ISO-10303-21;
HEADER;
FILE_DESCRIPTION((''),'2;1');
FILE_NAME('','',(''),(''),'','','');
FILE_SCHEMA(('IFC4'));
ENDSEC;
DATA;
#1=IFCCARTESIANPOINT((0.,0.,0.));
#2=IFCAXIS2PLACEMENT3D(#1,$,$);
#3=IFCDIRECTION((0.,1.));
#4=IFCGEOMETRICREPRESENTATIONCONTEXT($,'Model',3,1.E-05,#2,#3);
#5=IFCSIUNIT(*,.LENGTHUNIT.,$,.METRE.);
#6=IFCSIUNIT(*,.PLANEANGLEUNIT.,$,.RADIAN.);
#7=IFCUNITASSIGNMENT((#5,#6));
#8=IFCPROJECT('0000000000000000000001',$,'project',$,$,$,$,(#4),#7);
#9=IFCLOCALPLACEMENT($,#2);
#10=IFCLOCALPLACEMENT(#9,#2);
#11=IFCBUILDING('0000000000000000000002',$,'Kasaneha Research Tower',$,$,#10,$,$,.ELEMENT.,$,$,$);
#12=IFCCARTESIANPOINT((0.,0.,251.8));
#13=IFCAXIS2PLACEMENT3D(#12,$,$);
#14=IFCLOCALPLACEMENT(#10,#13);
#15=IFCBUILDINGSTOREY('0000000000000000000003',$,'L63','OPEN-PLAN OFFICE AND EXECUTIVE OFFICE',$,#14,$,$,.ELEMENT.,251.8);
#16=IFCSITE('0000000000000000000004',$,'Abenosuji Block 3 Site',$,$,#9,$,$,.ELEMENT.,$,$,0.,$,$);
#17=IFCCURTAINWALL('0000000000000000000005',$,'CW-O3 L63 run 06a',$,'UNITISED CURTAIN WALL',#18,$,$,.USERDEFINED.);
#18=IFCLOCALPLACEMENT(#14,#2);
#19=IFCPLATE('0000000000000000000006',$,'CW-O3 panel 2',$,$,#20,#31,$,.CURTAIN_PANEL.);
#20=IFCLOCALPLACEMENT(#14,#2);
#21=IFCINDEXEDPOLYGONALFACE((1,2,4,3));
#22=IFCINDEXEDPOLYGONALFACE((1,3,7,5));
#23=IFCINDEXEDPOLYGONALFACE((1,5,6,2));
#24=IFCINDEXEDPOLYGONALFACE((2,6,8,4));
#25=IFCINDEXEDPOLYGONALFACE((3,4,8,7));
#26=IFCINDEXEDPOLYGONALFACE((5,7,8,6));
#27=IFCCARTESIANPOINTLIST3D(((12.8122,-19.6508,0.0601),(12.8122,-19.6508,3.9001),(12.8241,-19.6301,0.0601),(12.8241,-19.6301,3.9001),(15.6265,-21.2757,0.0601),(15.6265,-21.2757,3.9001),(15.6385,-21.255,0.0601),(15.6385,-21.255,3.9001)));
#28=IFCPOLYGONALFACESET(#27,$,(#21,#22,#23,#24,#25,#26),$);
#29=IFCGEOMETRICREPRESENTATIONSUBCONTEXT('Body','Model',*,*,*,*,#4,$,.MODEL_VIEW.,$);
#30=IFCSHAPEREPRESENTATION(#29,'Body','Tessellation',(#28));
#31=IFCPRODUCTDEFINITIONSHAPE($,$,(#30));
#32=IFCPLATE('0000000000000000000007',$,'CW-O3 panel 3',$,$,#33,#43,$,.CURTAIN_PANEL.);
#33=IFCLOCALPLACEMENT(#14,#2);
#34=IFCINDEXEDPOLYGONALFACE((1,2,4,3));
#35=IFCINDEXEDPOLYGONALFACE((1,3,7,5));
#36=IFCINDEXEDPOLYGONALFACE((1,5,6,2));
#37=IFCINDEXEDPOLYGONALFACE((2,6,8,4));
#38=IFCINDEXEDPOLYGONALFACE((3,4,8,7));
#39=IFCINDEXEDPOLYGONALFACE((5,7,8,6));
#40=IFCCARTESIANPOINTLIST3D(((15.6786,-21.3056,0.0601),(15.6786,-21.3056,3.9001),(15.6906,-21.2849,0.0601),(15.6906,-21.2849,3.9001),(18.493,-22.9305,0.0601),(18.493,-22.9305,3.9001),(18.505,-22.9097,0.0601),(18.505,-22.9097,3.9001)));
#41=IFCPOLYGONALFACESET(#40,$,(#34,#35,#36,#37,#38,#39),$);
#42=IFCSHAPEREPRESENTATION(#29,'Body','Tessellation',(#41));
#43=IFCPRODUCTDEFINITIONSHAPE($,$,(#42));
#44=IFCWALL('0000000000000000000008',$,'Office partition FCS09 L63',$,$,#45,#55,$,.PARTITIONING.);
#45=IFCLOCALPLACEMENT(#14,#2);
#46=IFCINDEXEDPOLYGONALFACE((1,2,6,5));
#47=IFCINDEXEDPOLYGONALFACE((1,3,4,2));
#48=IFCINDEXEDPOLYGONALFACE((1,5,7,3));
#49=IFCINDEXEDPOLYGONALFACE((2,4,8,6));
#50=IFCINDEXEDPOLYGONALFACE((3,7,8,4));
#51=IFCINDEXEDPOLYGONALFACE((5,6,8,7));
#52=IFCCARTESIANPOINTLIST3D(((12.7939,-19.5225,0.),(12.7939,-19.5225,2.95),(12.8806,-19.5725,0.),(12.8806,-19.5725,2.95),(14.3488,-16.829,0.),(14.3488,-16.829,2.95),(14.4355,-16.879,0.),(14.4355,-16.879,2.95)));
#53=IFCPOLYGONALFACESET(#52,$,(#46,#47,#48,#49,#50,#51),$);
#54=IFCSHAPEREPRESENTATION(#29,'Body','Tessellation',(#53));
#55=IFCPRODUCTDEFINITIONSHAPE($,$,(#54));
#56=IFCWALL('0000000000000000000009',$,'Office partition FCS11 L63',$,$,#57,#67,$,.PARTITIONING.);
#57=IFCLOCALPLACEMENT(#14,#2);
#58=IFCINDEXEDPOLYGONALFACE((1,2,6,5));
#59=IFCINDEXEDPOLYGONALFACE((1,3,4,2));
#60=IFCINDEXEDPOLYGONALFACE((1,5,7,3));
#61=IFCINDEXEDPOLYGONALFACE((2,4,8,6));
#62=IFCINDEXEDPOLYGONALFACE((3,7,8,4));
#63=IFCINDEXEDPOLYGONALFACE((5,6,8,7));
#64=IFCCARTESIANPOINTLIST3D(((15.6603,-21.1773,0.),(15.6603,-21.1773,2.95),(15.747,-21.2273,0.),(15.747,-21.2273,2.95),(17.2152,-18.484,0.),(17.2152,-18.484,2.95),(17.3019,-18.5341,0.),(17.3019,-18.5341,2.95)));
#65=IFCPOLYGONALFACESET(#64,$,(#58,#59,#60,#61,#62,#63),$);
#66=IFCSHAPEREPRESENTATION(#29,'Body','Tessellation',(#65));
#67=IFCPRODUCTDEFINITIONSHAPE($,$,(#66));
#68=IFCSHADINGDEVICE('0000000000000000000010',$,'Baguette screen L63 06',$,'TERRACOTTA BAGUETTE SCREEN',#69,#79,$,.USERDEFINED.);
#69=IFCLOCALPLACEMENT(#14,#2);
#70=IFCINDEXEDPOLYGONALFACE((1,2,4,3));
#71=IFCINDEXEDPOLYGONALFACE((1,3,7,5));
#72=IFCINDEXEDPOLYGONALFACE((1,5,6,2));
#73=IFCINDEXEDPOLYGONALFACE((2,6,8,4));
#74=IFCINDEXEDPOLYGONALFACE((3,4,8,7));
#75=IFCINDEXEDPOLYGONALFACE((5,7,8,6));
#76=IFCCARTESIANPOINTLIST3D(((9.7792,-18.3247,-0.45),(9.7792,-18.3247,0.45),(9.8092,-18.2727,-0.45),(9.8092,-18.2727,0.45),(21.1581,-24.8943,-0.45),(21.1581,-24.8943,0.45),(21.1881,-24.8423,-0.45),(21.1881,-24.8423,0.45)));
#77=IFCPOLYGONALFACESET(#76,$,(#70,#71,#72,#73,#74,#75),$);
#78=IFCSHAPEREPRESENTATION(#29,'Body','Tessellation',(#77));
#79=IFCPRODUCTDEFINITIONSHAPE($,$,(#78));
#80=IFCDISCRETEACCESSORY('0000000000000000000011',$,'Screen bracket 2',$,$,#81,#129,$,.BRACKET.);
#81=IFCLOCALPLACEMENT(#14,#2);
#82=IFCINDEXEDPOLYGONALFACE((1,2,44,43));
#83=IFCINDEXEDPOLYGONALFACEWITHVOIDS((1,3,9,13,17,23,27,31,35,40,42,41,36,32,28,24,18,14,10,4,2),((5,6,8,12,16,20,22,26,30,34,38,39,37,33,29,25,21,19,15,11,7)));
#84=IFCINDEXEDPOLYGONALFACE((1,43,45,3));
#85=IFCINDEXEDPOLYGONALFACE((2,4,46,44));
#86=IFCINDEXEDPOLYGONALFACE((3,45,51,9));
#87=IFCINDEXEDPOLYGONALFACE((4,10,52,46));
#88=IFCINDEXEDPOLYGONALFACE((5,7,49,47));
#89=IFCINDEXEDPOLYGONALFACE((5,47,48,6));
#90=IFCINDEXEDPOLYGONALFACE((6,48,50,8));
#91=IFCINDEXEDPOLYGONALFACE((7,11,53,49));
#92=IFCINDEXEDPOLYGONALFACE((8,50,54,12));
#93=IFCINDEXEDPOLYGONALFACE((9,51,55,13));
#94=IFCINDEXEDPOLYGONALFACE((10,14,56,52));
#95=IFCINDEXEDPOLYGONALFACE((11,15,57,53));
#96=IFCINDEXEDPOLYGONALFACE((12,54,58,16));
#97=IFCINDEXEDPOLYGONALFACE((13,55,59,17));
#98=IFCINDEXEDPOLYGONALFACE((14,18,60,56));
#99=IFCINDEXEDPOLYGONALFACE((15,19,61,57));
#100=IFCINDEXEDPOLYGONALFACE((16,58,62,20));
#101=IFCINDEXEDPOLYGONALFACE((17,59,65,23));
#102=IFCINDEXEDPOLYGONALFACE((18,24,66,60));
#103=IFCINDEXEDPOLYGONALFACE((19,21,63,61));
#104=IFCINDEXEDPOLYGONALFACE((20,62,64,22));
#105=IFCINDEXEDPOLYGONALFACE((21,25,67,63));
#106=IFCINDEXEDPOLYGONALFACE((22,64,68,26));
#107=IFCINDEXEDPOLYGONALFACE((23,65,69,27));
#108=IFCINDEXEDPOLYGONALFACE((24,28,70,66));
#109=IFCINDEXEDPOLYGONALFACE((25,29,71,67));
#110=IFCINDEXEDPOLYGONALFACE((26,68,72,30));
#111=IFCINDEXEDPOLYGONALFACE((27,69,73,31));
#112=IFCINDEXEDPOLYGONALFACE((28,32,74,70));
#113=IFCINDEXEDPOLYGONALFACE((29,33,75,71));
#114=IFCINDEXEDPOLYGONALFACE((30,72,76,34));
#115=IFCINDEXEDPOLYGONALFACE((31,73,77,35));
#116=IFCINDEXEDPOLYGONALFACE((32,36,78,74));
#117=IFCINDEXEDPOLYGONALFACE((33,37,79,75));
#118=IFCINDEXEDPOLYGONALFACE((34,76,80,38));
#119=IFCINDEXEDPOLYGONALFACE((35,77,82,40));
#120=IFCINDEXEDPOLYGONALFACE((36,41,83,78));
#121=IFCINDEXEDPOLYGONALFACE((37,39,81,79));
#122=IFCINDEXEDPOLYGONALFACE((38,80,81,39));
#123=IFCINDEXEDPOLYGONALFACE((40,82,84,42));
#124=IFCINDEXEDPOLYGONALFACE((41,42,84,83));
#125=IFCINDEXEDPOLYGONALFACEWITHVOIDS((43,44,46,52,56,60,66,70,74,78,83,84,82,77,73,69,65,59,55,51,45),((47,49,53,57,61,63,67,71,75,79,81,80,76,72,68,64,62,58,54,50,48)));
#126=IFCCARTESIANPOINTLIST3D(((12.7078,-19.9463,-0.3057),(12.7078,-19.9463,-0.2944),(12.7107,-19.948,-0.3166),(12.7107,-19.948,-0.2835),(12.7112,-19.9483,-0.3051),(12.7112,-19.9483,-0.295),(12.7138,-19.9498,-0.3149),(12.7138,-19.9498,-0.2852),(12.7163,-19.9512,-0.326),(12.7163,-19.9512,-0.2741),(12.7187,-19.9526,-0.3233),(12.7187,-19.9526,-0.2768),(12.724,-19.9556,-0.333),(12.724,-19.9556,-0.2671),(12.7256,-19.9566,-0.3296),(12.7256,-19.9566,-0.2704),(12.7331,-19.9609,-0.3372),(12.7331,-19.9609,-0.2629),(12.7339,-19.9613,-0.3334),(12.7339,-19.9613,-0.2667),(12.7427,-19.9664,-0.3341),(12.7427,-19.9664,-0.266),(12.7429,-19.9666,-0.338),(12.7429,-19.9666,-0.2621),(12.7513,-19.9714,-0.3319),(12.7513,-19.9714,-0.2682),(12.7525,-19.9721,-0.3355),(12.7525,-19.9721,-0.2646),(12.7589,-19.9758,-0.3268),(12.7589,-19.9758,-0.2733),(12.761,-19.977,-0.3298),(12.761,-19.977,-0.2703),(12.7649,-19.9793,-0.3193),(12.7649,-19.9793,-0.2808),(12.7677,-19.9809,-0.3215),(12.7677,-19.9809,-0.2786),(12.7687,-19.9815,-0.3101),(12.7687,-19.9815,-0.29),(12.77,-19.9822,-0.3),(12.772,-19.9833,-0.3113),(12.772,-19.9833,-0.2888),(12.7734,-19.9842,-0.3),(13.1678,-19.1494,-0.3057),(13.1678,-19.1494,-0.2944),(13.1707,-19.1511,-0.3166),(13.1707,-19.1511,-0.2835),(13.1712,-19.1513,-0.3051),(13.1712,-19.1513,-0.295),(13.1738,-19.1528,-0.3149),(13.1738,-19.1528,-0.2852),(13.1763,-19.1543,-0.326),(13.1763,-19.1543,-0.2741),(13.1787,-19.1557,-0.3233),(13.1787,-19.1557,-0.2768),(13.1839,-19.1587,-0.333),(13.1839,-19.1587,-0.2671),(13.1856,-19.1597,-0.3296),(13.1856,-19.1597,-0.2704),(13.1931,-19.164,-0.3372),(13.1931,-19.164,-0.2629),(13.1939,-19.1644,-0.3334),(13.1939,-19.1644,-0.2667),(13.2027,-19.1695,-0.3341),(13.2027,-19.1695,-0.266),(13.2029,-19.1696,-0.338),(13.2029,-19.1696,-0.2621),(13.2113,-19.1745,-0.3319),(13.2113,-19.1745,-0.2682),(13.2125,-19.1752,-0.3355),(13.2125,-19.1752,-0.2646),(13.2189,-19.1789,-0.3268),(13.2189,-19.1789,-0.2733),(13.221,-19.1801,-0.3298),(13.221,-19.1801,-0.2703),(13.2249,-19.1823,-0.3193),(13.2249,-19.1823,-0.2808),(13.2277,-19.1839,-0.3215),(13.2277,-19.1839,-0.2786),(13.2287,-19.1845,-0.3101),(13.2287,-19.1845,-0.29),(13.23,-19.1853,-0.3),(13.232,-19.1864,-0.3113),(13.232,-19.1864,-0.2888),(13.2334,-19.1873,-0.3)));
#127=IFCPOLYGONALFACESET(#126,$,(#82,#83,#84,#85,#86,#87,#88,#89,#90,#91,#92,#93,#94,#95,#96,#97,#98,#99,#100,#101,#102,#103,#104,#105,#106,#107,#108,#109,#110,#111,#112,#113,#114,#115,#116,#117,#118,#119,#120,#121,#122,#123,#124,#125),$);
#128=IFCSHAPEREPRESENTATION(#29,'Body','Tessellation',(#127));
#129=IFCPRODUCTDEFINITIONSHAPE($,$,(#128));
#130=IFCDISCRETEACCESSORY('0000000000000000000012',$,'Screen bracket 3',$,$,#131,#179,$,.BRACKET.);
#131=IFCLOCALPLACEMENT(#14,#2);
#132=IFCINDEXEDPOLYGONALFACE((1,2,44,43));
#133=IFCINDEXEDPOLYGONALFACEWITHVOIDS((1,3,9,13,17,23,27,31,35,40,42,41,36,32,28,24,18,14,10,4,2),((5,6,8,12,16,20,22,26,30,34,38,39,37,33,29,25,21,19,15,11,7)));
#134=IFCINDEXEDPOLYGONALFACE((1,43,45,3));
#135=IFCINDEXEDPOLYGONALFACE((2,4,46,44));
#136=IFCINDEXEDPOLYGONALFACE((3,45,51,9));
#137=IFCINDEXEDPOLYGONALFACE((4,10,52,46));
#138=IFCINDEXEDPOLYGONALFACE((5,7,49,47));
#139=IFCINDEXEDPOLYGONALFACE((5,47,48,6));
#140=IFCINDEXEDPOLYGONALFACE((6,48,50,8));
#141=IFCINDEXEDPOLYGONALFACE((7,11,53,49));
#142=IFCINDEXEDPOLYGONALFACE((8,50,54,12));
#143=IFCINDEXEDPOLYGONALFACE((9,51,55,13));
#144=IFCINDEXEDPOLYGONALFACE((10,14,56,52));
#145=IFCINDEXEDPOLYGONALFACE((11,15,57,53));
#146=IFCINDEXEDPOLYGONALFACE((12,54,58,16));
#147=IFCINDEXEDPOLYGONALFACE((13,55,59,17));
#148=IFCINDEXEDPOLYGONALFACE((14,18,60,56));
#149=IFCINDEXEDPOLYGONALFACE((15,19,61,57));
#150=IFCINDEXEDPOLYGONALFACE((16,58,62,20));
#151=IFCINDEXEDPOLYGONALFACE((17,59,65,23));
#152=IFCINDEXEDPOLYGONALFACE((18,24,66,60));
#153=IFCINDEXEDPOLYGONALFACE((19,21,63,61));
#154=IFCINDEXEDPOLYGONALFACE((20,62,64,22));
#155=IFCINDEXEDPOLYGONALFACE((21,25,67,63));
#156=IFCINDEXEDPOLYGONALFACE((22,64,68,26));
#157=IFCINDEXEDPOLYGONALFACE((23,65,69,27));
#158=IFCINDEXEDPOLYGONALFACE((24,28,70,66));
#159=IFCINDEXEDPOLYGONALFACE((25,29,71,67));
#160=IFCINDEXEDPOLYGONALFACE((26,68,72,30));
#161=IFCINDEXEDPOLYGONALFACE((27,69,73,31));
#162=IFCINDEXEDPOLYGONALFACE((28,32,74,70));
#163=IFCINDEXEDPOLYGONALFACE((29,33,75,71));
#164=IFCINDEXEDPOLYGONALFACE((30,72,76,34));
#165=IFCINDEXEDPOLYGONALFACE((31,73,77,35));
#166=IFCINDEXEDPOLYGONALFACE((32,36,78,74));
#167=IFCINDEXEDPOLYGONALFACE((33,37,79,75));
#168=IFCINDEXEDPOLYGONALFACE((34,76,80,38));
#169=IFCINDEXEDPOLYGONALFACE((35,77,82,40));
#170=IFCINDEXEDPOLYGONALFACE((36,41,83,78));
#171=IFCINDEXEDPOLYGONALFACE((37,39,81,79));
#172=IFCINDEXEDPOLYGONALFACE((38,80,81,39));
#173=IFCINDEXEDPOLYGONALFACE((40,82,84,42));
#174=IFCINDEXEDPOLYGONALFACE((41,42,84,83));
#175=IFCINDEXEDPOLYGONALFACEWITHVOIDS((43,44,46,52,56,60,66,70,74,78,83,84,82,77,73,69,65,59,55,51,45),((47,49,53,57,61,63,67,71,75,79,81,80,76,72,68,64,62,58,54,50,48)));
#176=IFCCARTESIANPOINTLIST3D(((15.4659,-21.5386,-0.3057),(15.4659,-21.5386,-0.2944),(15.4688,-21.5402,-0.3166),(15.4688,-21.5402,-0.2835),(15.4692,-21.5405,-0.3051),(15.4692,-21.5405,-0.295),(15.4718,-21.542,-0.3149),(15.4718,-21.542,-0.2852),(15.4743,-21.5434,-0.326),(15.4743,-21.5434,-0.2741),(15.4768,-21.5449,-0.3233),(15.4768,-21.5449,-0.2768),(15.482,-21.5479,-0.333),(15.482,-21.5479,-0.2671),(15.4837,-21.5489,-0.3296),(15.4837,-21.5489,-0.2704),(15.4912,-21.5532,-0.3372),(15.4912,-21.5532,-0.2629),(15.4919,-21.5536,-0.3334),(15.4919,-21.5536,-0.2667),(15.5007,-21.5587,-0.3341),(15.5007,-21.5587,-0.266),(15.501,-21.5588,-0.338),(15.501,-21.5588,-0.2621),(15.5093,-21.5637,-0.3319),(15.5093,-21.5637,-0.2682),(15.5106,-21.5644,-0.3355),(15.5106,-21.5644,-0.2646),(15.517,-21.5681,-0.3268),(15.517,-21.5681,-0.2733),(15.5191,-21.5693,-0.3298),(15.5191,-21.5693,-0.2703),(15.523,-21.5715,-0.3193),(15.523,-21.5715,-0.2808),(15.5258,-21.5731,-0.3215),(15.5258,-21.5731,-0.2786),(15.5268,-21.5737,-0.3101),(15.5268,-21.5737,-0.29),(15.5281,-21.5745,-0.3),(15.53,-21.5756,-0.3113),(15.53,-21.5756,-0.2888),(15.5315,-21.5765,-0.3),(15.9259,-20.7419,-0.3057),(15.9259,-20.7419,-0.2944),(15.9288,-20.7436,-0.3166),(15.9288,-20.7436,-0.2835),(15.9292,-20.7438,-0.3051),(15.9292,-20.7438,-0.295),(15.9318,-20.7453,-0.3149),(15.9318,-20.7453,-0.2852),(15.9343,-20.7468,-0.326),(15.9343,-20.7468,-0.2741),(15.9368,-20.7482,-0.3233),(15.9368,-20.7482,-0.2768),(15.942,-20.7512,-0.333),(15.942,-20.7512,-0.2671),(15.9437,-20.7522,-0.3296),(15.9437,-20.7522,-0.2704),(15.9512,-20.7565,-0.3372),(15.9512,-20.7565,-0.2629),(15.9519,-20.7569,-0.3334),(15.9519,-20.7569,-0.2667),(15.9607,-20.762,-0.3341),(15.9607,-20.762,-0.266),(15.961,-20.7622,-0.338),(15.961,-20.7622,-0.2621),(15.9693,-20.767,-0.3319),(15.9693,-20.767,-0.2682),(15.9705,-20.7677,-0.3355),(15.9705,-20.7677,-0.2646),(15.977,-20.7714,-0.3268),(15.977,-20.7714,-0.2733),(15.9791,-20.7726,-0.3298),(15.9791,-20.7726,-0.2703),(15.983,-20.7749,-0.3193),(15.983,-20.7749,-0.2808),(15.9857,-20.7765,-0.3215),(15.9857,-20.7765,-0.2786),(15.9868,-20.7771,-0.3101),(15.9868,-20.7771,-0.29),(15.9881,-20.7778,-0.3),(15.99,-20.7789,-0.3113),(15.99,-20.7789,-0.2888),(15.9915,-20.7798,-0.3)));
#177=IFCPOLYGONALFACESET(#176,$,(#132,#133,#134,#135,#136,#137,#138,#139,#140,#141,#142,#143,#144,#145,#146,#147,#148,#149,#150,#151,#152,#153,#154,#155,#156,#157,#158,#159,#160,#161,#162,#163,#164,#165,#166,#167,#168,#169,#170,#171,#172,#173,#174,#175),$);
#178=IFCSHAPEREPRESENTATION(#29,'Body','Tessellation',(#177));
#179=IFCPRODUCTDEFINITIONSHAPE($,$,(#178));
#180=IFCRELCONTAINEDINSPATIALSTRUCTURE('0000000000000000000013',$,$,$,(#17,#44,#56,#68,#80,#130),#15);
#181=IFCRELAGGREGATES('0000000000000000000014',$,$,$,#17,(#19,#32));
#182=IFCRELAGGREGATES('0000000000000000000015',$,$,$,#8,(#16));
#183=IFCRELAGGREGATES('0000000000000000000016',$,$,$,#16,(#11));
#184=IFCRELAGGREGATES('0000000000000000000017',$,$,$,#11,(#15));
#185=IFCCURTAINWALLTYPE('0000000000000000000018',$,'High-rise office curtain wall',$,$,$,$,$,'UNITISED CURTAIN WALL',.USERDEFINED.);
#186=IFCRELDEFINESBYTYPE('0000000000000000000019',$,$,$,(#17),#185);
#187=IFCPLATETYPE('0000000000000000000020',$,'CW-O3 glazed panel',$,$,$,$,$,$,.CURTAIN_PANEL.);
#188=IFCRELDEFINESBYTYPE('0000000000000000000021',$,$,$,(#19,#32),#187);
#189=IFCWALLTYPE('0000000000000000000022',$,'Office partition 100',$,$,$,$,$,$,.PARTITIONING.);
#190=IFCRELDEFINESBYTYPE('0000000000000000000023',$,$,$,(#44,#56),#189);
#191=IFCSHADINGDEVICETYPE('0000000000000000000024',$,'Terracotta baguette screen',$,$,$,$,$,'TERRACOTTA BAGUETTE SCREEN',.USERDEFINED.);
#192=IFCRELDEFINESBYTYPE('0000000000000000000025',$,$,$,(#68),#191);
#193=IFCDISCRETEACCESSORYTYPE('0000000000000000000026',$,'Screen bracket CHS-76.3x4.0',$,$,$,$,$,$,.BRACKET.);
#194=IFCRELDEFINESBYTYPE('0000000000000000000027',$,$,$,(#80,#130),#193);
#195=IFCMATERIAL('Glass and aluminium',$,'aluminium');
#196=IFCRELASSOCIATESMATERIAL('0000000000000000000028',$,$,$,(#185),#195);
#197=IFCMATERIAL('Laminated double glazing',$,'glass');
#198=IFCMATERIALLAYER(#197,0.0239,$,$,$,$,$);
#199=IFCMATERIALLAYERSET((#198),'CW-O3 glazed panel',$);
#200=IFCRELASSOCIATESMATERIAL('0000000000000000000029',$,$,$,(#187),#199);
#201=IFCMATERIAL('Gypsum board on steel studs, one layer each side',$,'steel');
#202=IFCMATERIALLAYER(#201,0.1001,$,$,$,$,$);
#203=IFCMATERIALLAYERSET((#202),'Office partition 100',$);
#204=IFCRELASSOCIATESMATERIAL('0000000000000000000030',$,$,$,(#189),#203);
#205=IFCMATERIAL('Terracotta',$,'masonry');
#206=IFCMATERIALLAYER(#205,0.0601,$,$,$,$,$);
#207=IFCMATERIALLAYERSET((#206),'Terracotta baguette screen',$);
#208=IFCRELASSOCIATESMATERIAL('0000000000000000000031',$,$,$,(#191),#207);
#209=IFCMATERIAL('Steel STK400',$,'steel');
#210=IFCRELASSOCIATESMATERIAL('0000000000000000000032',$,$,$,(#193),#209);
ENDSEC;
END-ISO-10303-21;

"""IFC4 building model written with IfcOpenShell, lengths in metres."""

from ifc_helpers import new_model, si_unit, direction, frame, frame_2d, origin, origin_2d, place, context, subcontext, project, spatial, rectangle, hollow_circle, extrude, material, layer, layer_set, material_profile, profile_set, type_object, element, aggregate, save


model = new_model("IFC4")

# Units and contexts
model_context = context("Model", 3, precision=1e-05, world=origin(), true_north=direction((0.0, 1.0)))
body_context = subcontext(model_context, "Body", "Model", "MODEL_VIEW")
ifc_project = project(units=[si_unit("LENGTHUNIT", "METRE"), si_unit("PLANEANGLEUNIT", "RADIAN")], contexts=[model_context])

# Site, building, storey
site_placement = place(None, origin())
site = spatial("IfcSite", under=ifc_project, at=site_placement, Name="Abenosuji Block 3 Site", CompositionType="ELEMENT", RefElevation=0.0)
building_placement = place(site_placement, origin())
building = spatial("IfcBuilding", under=site, at=building_placement, Name="Kasaneha Research Tower", CompositionType="ELEMENT")
storey_placement = place(building_placement, frame((0.0, 0.0, 251.8)))
storey = spatial("IfcBuildingStorey", under=building, at=storey_placement, Name="L63", Description="OPEN-PLAN OFFICE AND EXECUTIVE OFFICE", CompositionType="ELEMENT", Elevation=251.8)

# Curtain wall
ifc_material_1 = material(Name="Glass and aluminium", Category="aluminium")
curtain_wall_type = type_object("IfcCurtainWallType", Name="High-rise office curtain wall", ElementType="UNITISED CURTAIN WALL", PredefinedType="USERDEFINED", material=ifc_material_1)
curtain_wall_1_placement = place(storey_placement, origin())
curtain_wall_1 = element("IfcCurtainWall", 1, at=curtain_wall_1_placement, inside=storey, type_object=curtain_wall_type, Name="CW-O3 L63 run 06a", ObjectType="UNITISED CURTAIN WALL", PredefinedType="USERDEFINED")

# Plates
ifc_material_2 = material(Name="Laminated double glazing", Category="glass")
ifc_layer_1 = layer(ifc_material_2, 0.0239)
ifc_layer_set_1 = layer_set([ifc_layer_1], Name="CW-O3 glazed panel")
plate_type = type_object("IfcPlateType", Name="CW-O3 glazed panel", PredefinedType="CURTAIN_PANEL", material=ifc_layer_set_1)
plate_1_placement = place(storey_placement, frame((14.2253, -20.4529, 0.0601), z_axis=(0.0, 0.0, 1.0), x_axis=(0.866025, -0.5, 0.0)))
plate_1 = element("IfcPlate", 2, at=plate_1_placement, type_object=plate_type, Name="CW-O3 panel 2", PredefinedType="CURTAIN_PANEL", context=body_context, shape_type="SweptSolid", body=[
    extrude(rectangle(XDim=3.2498, YDim=0.0239, at=origin_2d()), origin(), (0.0, 0.0, 1.0), 3.8401),
])
plate_2_placement = place(storey_placement, frame((17.0918, -22.1077, 0.0601), z_axis=(0.0, 0.0, 1.0), x_axis=(0.866025, -0.5, 0.0)))
plate_2 = element("IfcPlate", 3, at=plate_2_placement, type_object=plate_type, Name="CW-O3 panel 3", PredefinedType="CURTAIN_PANEL", context=body_context, shape_type="SweptSolid", body=[
    extrude(rectangle(XDim=3.2498, YDim=0.0239, at=origin_2d()), origin(), (0.0, 0.0, 1.0), 3.8401),
])
aggregate(curtain_wall_1, [plate_1, plate_2])

# Walls
ifc_material_3 = material(Name="Gypsum board on steel studs, one layer each side", Category="steel")
ifc_layer_2 = layer(ifc_material_3, 0.1001)
ifc_layer_set_2 = layer_set([ifc_layer_2], Name="Office partition 100")
wall_type = type_object("IfcWallType", Name="Office partition 100", PredefinedType="PARTITIONING", material=ifc_layer_set_2)
wall_1_placement = place(storey_placement, frame((12.8372, -19.5476, 0.0), z_axis=(0.0, 0.0, 1.0), x_axis=(0.499947, 0.866056, 0.0)))
element("IfcWall", 4, at=wall_1_placement, inside=storey, type_object=wall_type, Name="Office partition FCS09 L63", PredefinedType="PARTITIONING", context=body_context, shape_type="SweptSolid", body=[
    extrude(rectangle(XDim=3.1101, YDim=0.1001, at=frame_2d((1.5552, 0.0))), origin(), (0.0, 0.0, 1.0), 2.95),
])
wall_2_placement = place(storey_placement, frame((17.2585, -18.509, 0.0), z_axis=(0.0, 0.0, 1.0), x_axis=(-0.499981, -0.866037, 0.0)))
element("IfcWall", 5, at=wall_2_placement, inside=storey, type_object=wall_type, Name="Office partition FCS11 L63", PredefinedType="PARTITIONING", context=body_context, shape_type="SweptSolid", body=[
    extrude(rectangle(XDim=3.1099, YDim=0.1001, at=frame_2d((1.5549, 0.0))), origin(), (0.0, 0.0, 1.0), 2.95),
])

# Shading device
ifc_material_4 = material(Name="Terracotta", Category="masonry")
ifc_layer_3 = layer(ifc_material_4, 0.0601)
ifc_layer_set_3 = layer_set([ifc_layer_3], Name="Terracotta baguette screen")
shading_device_type = type_object("IfcShadingDeviceType", Name="Terracotta baguette screen", ElementType="TERRACOTTA BAGUETTE SCREEN", PredefinedType="USERDEFINED", material=ifc_layer_set_3)
shading_device_placement = place(storey_placement, frame((15.4836, -21.5835, -0.45), z_axis=(0.0, 0.0, 1.0), x_axis=(0.866025, -0.5, 0.0)))
element("IfcShadingDevice", 6, at=shading_device_placement, inside=storey, type_object=shading_device_type, Name="Baguette screen L63 06", ObjectType="TERRACOTTA BAGUETTE SCREEN", PredefinedType="USERDEFINED", context=body_context, shape_type="SweptSolid", body=[
    extrude(rectangle(XDim=13.1392, YDim=0.0601, at=origin_2d()), origin(), (0.0, 0.0, 1.0), 0.8999),
])

# Discrete accessories
ifc_material_5 = material(Name="Steel STK400", Category="steel")
ifc_material_profile_1 = material_profile(ifc_material_5, hollow_circle(Radius=0.0381, WallThickness=0.0039, at=origin_2d()), Name="CHS-76.3x4.0")
ifc_profile_set_1 = profile_set([ifc_material_profile_1], Name="Steel STK400")
discrete_accessory_type = type_object("IfcDiscreteAccessoryType", Name="Screen bracket CHS-76.3x4.0", PredefinedType="BRACKET", material=ifc_profile_set_1)
discrete_accessory_1_placement = place(storey_placement, frame((13.2004, -19.1682, -0.3), z_axis=(-0.499906, -0.86608, 0.0), x_axis=(0.86608, -0.499906, 0.0)))
element("IfcDiscreteAccessory", 7, at=discrete_accessory_1_placement, inside=storey, type_object=discrete_accessory_type, Name="Screen bracket 2", PredefinedType="BRACKET", context=body_context, shape_type="SweptSolid", body=[
    extrude(hollow_circle(Radius=0.0381, WallThickness=0.0039, at=origin_2d()), origin(), (0.0, 0.0, 1.0), 0.9202),
])
discrete_accessory_2_placement = place(storey_placement, frame((15.9585, -20.7607, -0.3), z_axis=(-0.500021, -0.866013, 0.0), x_axis=(0.866013, -0.500021, 0.0)))
element("IfcDiscreteAccessory", 8, at=discrete_accessory_2_placement, inside=storey, type_object=discrete_accessory_type, Name="Screen bracket 3", PredefinedType="BRACKET", context=body_context, shape_type="SweptSolid", body=[
    extrude(hollow_circle(Radius=0.0381, WallThickness=0.0039, at=origin_2d()), origin(), (0.0, 0.0, 1.0), 0.9199),
])

save(model, "model.ifc")
